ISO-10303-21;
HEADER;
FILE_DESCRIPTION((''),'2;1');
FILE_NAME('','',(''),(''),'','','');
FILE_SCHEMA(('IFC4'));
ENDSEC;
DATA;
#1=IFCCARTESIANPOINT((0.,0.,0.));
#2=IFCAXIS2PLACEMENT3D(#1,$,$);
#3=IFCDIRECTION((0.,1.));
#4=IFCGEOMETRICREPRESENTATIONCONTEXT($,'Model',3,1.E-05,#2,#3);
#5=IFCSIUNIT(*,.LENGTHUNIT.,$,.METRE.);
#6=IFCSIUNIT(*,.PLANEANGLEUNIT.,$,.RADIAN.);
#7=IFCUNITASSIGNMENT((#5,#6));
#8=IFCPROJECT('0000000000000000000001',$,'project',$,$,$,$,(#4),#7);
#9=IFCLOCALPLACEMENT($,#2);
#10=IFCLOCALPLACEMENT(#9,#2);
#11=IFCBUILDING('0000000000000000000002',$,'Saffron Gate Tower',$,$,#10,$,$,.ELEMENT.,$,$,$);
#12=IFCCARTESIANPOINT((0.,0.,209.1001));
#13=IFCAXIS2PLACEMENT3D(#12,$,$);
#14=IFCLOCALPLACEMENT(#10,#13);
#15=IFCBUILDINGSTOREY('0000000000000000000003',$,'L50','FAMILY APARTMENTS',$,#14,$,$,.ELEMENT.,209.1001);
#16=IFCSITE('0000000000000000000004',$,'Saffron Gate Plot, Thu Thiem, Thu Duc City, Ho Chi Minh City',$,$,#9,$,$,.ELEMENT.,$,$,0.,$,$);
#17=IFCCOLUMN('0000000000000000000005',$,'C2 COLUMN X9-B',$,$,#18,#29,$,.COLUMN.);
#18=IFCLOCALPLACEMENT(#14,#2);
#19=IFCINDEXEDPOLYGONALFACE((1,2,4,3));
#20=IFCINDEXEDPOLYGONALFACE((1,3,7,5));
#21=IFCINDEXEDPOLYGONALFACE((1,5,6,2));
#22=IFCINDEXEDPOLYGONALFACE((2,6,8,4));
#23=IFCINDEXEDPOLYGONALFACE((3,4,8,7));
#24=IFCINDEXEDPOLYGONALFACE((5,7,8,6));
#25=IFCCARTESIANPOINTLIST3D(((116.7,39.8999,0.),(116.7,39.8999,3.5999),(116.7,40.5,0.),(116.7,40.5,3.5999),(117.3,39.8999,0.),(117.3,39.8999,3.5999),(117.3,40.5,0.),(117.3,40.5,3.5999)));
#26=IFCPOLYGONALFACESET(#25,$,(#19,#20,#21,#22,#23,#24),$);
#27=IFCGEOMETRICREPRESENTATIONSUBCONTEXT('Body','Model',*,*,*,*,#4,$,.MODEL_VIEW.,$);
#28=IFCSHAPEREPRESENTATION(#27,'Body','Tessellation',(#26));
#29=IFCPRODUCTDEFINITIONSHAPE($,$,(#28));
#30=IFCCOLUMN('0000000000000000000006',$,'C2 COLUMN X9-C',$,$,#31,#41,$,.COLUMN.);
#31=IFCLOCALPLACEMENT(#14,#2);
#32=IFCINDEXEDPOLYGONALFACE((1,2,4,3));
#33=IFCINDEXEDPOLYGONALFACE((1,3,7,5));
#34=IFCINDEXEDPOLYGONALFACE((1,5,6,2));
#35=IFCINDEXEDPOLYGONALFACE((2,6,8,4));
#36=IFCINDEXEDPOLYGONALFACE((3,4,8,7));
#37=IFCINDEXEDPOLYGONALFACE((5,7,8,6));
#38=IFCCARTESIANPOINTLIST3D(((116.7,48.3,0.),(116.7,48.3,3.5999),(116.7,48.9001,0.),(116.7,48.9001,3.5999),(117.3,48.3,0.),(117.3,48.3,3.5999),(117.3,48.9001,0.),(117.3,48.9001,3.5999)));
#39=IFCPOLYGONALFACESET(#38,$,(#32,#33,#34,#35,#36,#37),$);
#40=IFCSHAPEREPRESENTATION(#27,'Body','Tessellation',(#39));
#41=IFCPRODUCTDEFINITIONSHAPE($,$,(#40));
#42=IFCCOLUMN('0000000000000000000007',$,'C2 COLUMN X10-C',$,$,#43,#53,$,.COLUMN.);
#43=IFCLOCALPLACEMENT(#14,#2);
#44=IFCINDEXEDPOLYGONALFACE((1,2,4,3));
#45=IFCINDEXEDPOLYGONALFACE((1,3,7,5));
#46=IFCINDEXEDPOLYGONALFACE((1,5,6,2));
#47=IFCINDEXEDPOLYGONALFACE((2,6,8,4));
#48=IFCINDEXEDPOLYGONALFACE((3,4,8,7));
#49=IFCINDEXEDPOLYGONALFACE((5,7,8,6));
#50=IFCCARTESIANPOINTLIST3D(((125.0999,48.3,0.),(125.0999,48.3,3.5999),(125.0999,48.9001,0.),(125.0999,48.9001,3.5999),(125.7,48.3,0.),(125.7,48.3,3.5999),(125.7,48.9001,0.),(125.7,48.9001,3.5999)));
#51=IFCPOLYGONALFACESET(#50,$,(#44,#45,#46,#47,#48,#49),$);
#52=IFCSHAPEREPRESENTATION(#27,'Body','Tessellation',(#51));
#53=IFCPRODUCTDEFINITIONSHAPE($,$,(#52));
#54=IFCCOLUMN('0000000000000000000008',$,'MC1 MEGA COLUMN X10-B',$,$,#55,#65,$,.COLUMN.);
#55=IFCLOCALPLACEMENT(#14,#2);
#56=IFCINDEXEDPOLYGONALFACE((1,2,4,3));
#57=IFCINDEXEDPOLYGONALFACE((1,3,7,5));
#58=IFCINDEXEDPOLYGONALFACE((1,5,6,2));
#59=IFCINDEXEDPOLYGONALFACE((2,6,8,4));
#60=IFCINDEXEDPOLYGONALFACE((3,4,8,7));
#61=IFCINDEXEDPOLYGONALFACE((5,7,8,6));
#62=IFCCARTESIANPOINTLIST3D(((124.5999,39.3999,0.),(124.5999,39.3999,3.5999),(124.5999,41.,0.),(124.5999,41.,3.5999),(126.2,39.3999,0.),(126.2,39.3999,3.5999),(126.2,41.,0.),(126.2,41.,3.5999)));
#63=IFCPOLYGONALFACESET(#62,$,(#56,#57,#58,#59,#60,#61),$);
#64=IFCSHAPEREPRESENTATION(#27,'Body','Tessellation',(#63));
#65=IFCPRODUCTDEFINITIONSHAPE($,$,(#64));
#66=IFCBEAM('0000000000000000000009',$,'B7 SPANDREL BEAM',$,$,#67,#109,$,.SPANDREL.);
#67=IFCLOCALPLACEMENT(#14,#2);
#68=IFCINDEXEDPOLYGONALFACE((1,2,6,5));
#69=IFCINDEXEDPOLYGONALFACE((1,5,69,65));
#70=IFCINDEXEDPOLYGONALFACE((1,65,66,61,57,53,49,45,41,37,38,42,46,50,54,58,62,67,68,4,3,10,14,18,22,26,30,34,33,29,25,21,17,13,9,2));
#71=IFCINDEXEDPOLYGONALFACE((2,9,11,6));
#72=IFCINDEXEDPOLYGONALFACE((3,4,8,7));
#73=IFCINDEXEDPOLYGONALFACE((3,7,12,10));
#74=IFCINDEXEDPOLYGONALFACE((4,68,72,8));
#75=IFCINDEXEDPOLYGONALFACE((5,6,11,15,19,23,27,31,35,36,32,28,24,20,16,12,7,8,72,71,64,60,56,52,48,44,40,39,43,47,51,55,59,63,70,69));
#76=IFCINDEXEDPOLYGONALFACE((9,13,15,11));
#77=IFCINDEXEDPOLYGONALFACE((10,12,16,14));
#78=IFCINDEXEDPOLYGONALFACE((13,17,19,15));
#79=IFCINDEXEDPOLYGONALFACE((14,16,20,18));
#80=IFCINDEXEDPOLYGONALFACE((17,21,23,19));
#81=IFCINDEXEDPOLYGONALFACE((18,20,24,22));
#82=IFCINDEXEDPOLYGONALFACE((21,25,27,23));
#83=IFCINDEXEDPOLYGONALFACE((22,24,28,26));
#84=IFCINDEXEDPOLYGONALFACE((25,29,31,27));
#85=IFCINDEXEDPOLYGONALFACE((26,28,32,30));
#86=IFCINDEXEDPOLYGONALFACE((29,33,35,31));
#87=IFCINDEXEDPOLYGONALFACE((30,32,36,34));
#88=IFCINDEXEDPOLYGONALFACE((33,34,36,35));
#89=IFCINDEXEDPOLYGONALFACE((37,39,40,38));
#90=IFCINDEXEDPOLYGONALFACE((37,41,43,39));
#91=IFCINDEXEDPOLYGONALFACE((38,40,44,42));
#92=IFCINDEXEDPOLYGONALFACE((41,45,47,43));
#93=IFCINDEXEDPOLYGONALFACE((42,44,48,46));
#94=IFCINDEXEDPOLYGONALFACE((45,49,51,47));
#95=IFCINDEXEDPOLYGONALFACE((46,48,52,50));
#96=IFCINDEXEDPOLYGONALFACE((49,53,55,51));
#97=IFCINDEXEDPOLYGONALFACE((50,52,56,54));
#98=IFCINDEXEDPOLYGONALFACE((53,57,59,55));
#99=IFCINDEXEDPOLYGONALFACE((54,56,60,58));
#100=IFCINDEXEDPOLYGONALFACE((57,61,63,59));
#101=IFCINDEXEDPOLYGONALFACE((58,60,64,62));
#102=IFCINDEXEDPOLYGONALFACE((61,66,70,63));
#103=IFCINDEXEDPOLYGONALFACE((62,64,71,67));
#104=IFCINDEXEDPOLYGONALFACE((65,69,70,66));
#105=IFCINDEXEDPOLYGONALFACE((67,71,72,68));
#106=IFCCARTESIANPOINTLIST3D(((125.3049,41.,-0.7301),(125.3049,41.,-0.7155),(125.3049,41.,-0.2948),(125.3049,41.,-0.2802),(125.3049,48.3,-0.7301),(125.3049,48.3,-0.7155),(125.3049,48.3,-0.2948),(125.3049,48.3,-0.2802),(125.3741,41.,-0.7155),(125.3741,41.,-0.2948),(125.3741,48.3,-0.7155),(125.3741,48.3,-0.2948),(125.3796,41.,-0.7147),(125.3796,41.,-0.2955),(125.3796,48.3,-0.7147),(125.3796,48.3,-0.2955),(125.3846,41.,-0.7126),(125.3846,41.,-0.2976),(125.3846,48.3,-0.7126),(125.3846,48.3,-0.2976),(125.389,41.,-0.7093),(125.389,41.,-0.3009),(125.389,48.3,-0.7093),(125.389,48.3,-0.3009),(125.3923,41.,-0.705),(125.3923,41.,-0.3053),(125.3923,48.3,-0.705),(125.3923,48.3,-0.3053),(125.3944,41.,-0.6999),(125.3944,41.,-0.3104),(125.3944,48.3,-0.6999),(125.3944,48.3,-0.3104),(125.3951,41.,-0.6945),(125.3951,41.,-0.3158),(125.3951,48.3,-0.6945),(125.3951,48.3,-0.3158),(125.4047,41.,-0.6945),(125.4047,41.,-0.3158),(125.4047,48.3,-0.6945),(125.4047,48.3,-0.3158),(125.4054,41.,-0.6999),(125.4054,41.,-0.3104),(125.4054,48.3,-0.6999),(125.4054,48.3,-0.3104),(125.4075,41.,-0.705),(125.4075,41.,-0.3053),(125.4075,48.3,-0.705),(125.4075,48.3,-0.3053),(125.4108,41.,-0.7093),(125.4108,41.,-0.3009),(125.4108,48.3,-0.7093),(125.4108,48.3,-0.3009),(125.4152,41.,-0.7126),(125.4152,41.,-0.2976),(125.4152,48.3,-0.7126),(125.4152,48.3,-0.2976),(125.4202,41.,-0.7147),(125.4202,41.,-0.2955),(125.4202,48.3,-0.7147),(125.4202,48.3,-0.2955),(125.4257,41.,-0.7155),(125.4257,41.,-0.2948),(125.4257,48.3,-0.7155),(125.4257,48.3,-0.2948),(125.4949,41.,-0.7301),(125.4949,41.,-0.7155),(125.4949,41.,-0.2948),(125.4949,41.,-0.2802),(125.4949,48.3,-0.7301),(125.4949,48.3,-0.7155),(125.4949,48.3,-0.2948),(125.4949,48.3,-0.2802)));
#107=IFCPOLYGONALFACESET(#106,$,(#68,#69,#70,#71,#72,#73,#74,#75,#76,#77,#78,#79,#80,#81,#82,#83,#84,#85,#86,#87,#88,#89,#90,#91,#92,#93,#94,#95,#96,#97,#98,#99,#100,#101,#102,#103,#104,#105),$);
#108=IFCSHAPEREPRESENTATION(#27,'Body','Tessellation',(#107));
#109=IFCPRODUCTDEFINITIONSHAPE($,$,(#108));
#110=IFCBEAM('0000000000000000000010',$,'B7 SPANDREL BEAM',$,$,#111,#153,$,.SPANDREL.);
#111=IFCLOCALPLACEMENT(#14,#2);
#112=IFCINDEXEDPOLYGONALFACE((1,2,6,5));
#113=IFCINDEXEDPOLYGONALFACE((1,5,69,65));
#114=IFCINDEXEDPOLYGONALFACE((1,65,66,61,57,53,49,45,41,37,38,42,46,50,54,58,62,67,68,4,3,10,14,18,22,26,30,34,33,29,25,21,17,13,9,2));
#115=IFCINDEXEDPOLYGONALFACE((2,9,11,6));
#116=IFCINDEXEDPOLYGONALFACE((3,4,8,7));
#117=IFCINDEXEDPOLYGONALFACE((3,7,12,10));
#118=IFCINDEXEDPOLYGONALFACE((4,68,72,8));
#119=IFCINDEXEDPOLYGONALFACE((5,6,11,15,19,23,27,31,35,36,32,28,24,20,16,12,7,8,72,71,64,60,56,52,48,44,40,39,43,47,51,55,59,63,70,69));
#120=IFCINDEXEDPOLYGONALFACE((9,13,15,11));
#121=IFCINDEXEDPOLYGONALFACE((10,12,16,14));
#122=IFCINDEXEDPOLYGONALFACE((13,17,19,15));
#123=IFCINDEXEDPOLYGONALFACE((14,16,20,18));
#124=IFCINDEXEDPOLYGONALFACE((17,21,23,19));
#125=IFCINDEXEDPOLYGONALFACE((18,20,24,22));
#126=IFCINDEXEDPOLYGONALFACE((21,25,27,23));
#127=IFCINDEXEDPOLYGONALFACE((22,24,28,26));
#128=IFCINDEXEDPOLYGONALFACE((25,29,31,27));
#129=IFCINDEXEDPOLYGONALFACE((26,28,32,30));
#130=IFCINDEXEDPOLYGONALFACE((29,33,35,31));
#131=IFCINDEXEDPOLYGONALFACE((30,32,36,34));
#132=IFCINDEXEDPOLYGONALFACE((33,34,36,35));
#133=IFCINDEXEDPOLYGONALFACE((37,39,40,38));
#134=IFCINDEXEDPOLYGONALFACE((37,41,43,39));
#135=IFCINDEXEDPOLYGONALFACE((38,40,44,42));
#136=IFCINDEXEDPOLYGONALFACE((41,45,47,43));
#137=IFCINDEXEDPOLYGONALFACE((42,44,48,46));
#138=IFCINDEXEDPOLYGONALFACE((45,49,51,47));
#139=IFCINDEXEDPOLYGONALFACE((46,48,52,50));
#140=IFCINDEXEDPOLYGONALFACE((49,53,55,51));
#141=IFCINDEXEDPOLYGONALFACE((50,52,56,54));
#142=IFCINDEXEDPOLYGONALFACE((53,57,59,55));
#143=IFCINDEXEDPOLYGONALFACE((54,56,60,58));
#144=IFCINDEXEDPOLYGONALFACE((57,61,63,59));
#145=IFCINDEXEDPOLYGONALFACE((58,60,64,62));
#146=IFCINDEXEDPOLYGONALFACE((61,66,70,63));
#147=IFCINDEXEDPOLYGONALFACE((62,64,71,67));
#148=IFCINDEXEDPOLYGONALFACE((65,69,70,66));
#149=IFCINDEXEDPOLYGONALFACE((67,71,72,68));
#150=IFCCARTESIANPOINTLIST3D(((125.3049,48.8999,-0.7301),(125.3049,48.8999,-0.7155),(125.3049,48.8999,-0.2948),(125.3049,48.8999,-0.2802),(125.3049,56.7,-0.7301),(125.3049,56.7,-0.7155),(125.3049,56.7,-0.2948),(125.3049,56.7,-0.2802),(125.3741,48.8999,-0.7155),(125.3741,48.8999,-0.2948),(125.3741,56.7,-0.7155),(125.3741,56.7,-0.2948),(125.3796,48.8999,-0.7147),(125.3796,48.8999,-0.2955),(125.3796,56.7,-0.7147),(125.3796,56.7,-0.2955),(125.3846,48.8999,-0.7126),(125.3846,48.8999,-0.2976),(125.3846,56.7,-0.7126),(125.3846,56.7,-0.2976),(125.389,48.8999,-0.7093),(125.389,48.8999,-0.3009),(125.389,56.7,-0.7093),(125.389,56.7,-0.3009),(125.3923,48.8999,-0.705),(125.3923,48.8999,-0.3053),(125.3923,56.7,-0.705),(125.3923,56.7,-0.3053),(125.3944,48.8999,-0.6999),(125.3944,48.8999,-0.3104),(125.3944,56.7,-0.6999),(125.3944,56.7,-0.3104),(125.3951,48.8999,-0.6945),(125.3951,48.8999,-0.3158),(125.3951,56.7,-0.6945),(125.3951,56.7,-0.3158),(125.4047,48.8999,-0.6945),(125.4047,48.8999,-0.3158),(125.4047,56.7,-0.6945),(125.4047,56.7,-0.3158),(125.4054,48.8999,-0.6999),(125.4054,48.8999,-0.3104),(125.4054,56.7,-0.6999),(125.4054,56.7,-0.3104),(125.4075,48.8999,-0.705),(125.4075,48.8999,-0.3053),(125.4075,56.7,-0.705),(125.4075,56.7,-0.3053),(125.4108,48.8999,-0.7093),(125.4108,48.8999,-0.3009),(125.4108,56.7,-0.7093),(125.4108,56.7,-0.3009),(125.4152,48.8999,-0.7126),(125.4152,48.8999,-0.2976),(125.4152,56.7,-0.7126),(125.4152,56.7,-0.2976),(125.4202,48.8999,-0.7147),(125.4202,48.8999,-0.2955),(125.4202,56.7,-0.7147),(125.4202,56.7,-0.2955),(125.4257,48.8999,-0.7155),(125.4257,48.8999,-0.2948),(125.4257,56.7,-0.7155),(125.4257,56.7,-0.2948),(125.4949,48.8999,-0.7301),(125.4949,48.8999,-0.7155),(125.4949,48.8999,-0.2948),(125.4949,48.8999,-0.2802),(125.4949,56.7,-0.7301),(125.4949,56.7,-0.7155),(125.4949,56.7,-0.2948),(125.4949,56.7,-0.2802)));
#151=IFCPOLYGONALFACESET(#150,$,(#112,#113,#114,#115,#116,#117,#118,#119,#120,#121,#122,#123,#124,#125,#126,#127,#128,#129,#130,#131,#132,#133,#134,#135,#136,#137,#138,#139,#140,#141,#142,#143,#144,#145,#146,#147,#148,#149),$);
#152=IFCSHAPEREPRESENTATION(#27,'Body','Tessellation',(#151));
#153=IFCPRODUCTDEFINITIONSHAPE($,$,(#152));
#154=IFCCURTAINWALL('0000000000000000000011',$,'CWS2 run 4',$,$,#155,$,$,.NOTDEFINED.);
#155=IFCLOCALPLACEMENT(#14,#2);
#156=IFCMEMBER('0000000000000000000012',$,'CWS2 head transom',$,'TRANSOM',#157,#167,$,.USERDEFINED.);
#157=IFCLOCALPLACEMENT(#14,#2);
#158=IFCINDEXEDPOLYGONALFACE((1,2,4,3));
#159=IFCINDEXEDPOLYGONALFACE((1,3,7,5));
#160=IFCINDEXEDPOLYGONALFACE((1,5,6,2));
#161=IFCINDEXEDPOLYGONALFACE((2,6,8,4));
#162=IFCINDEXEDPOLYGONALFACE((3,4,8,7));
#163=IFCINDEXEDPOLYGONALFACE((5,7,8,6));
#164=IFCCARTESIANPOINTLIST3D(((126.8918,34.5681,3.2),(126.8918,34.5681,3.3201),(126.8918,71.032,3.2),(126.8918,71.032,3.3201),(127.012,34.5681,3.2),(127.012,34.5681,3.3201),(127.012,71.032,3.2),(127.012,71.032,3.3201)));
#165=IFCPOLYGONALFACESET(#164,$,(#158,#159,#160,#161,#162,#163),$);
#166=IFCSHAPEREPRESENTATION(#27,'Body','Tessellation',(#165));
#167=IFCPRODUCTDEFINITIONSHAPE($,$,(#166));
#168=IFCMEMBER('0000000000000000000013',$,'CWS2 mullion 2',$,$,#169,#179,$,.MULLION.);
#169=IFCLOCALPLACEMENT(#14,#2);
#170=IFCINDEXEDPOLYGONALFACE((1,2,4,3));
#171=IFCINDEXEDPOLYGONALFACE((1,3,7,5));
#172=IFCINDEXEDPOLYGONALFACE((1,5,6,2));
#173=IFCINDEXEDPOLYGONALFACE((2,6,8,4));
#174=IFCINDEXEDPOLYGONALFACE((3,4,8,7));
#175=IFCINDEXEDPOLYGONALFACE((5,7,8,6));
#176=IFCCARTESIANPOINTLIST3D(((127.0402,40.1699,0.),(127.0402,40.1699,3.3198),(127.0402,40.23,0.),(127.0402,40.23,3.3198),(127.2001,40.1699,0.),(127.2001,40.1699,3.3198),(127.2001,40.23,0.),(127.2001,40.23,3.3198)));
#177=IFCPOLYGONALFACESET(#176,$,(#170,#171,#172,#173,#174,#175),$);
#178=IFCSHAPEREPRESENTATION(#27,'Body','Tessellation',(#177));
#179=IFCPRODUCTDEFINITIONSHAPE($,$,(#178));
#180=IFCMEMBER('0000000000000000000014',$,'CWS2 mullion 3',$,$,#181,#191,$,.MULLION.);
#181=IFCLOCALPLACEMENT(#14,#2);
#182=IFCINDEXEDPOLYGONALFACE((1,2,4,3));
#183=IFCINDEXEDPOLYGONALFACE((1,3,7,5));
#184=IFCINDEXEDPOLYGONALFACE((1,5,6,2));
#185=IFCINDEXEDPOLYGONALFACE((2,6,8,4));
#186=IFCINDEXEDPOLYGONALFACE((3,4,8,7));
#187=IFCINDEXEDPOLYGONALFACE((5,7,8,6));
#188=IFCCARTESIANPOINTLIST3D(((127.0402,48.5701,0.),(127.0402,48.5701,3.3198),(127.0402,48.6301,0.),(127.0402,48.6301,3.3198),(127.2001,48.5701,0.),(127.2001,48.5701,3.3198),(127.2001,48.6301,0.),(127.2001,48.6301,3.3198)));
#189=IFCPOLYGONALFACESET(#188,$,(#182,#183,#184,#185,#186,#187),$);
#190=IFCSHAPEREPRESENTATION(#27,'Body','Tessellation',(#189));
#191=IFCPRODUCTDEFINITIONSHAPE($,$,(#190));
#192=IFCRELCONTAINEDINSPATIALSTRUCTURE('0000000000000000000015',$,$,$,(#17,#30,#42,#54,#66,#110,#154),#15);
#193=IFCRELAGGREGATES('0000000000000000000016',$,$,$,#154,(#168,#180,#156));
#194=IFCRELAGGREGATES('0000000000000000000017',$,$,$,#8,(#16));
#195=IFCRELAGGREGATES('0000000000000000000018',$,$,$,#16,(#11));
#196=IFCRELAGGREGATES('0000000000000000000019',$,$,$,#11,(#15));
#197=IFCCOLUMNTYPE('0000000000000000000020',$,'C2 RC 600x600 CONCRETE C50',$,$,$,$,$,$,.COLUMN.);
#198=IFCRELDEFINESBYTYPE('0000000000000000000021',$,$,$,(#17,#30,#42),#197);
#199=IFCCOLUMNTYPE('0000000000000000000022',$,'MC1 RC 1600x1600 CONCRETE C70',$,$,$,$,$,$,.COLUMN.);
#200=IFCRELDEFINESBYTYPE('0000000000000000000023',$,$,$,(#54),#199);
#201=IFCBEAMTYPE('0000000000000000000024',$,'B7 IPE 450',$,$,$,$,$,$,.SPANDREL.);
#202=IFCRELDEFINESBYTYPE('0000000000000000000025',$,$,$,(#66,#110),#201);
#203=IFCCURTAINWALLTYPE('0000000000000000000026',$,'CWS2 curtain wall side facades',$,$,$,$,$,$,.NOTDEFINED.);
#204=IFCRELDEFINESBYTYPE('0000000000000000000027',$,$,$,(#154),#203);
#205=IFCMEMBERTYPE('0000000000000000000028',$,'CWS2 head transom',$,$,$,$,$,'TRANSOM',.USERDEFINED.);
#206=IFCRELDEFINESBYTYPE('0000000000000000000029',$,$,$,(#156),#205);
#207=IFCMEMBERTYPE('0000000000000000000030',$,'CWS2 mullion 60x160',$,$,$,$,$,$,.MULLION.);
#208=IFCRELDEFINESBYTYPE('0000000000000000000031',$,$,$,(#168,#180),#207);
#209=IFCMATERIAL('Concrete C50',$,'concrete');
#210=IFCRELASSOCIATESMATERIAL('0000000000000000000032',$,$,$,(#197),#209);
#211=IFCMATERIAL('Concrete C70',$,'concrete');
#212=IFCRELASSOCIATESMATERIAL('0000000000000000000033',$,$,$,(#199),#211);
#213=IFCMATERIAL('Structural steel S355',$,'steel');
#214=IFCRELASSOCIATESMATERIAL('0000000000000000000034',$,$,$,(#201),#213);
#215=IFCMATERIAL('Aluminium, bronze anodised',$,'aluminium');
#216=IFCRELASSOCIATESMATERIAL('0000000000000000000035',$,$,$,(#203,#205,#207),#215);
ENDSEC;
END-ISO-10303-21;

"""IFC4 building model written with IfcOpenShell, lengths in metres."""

from ifc_helpers import new_model, si_unit, direction, frame, origin, origin_2d, place, context, subcontext, project, spatial, rectangle, i_section, extrude, material, material_profile, profile_set, type_object, element, aggregate, save


model = new_model("IFC4")

# Units and contexts
model_context = context("Model", 3, precision=1e-05, world=origin(), true_north=direction((0.0, 1.0)))
body_context = subcontext(model_context, "Body", "Model", "MODEL_VIEW")
ifc_project = project(units=[si_unit("LENGTHUNIT", "METRE"), si_unit("PLANEANGLEUNIT", "RADIAN")], contexts=[model_context])

# Site, building, storey
site_placement = place(None, origin())
site = spatial("IfcSite", under=ifc_project, at=site_placement, Name="Saffron Gate Plot, Thu Thiem, Thu Duc City, Ho Chi Minh City", CompositionType="ELEMENT", RefElevation=0.0)
building_placement = place(site_placement, origin())
building = spatial("IfcBuilding", under=site, at=building_placement, Name="Saffron Gate Tower", CompositionType="ELEMENT")
storey_placement = place(building_placement, frame((0.0, 0.0, 209.1001)))
storey = spatial("IfcBuildingStorey", under=building, at=storey_placement, Name="L50", Description="FAMILY APARTMENTS", CompositionType="ELEMENT", Elevation=209.1001)

# Columns
ifc_material_1 = material(Name="Concrete C50", Category="concrete")
ifc_material_profile_1 = material_profile(ifc_material_1, rectangle(XDim=0.6001, YDim=0.6001, at=origin_2d()))
ifc_profile_set_1 = profile_set([ifc_material_profile_1], Name="Concrete C50")
column_type_1 = type_object("IfcColumnType", Name="C2 RC 600x600 CONCRETE C50", PredefinedType="COLUMN", material=ifc_profile_set_1)
for number, where, z_axis, x_axis, name in (
    (1, (117.0, 40.2, 0.0), (0.0, 0.0, 1.0), (1.0, 0.0, 0.0), "C2 COLUMN X9-B"),
    (2, (117.0, 48.6001, 0.0), (0.0, 0.0, 1.0), (1.0, 0.0, 0.0), "C2 COLUMN X9-C"),
    (3, (125.3999, 48.6001, 0.0), (0.0, 0.0, 1.0), (1.0, 0.0, 0.0), "C2 COLUMN X10-C"),
):
    element("IfcColumn", number, at=place(storey_placement, frame(where, z_axis=z_axis, x_axis=x_axis)), inside=storey, type_object=column_type_1, Name=name, PredefinedType="COLUMN", context=body_context, shape_type="SweptSolid", body=[
        extrude(rectangle(XDim=0.6001, YDim=0.6001, at=origin_2d()), origin(), (0.0, 0.0, 1.0), 3.5999),
    ])
ifc_material_2 = material(Name="Concrete C70", Category="concrete")
ifc_material_profile_2 = material_profile(ifc_material_2, rectangle(XDim=1.6001, YDim=1.6001, at=origin_2d()))
ifc_profile_set_2 = profile_set([ifc_material_profile_2], Name="Concrete C70")
column_type_2 = type_object("IfcColumnType", Name="MC1 RC 1600x1600 CONCRETE C70", PredefinedType="COLUMN", material=ifc_profile_set_2)
column_placement = place(storey_placement, frame((125.3999, 40.2, 0.0), z_axis=(0.0, 0.0, 1.0), x_axis=(1.0, 0.0, 0.0)))
element("IfcColumn", 4, at=column_placement, inside=storey, type_object=column_type_2, Name="MC1 MEGA COLUMN X10-B", PredefinedType="COLUMN", context=body_context, shape_type="SweptSolid", body=[
    extrude(rectangle(XDim=1.6001, YDim=1.6001, at=origin_2d()), origin(), (0.0, 0.0, 1.0), 3.5999),
])

# Beams
ifc_material_3 = material(Name="Structural steel S355", Category="steel")
ifc_material_profile_3 = material_profile(ifc_material_3, i_section(OverallWidth=0.1899, OverallDepth=0.45, WebThickness=0.0095, FlangeThickness=0.0146, FilletRadius=0.021, at=origin_2d()))
ifc_profile_set_3 = profile_set([ifc_material_profile_3], Name="Structural steel S355")
beam_type = type_object("IfcBeamType", Name="B7 IPE 450", PredefinedType="SPANDREL", material=ifc_profile_set_3)
beam_1_placement = place(storey_placement, frame((125.3999, 41.0, -0.5051), z_axis=(0.0, 1.0, 0.0), x_axis=(-1.0, 0.0, 0.0)))
element("IfcBeam", 5, at=beam_1_placement, inside=storey, type_object=beam_type, Name="B7 SPANDREL BEAM", PredefinedType="SPANDREL", context=body_context, shape_type="SweptSolid", body=[
    extrude(i_section(OverallWidth=0.1899, OverallDepth=0.45, WebThickness=0.0095, FlangeThickness=0.0146, FilletRadius=0.021, at=origin_2d()), origin(), (0.0, 0.0, 1.0), 7.3),
])
beam_2_placement = place(storey_placement, frame((125.3999, 48.8999, -0.5051), z_axis=(0.0, 1.0, 0.0), x_axis=(-1.0, 0.0, 0.0)))
element("IfcBeam", 6, at=beam_2_placement, inside=storey, type_object=beam_type, Name="B7 SPANDREL BEAM", PredefinedType="SPANDREL", context=body_context, shape_type="SweptSolid", body=[
    extrude(i_section(OverallWidth=0.1899, OverallDepth=0.45, WebThickness=0.0095, FlangeThickness=0.0146, FilletRadius=0.021, at=origin_2d()), origin(), (0.0, 0.0, 1.0), 7.8),
])

# Curtain wall, members
ifc_material_4 = material(Name="Aluminium, bronze anodised", Category="aluminium")
curtain_wall_type = type_object("IfcCurtainWallType", Name="CWS2 curtain wall side facades", PredefinedType="NOTDEFINED", material=ifc_material_4)
curtain_wall_placement = place(storey_placement, origin())
curtain_wall = element("IfcCurtainWall", 7, at=curtain_wall_placement, inside=storey, type_object=curtain_wall_type, Name="CWS2 run 4", PredefinedType="NOTDEFINED")
ifc_material_profile_4 = material_profile(ifc_material_4, rectangle(XDim=0.1201, YDim=0.1201, at=origin_2d()))
ifc_profile_set_4 = profile_set([ifc_material_profile_4], Name="Aluminium, bronze anodised")
member_type_1 = type_object("IfcMemberType", Name="CWS2 head transom", ElementType="TRANSOM", PredefinedType="USERDEFINED", material=ifc_profile_set_4)
member_1_placement = place(storey_placement, frame((126.9519, 34.5681, 3.26), z_axis=(0.0, 1.0, 0.0), x_axis=(-1.0, 0.0, 0.0)))
member_1 = element("IfcMember", 8, at=member_1_placement, type_object=member_type_1, Name="CWS2 head transom", ObjectType="TRANSOM", PredefinedType="USERDEFINED", context=body_context, shape_type="SweptSolid", body=[
    extrude(rectangle(XDim=0.1201, YDim=0.1201, at=origin_2d()), origin(), (0.0, 0.0, 1.0), 36.4639),
])
ifc_material_profile_5 = material_profile(ifc_material_4, rectangle(XDim=0.1599, YDim=0.0601, at=origin_2d()))
ifc_profile_set_5 = profile_set([ifc_material_profile_5], Name="Aluminium, bronze anodised")
member_type_2 = type_object("IfcMemberType", Name="CWS2 mullion 60x160", PredefinedType="MULLION", material=ifc_profile_set_5)
member_2_placement = place(storey_placement, frame((127.1201, 40.2, 0.0), z_axis=(0.0, 0.0, 1.0), x_axis=(-1.0, 0.0, 0.0)))
member_2 = element("IfcMember", 9, at=member_2_placement, type_object=member_type_2, Name="CWS2 mullion 2", PredefinedType="MULLION", context=body_context, shape_type="SweptSolid", body=[
    extrude(rectangle(XDim=0.1599, YDim=0.0601, at=origin_2d()), origin(), (0.0, 0.0, 1.0), 3.3198),
])
member_3_placement = place(storey_placement, frame((127.1201, 48.6001, 0.0), z_axis=(0.0, 0.0, 1.0), x_axis=(-1.0, 0.0, 0.0)))
member_3 = element("IfcMember", 10, at=member_3_placement, type_object=member_type_2, Name="CWS2 mullion 3", PredefinedType="MULLION", context=body_context, shape_type="SweptSolid", body=[
    extrude(rectangle(XDim=0.1599, YDim=0.0601, at=origin_2d()), origin(), (0.0, 0.0, 1.0), 3.3198),
])
aggregate(curtain_wall, [member_2, member_3, member_1])

save(model, "model.ifc")
